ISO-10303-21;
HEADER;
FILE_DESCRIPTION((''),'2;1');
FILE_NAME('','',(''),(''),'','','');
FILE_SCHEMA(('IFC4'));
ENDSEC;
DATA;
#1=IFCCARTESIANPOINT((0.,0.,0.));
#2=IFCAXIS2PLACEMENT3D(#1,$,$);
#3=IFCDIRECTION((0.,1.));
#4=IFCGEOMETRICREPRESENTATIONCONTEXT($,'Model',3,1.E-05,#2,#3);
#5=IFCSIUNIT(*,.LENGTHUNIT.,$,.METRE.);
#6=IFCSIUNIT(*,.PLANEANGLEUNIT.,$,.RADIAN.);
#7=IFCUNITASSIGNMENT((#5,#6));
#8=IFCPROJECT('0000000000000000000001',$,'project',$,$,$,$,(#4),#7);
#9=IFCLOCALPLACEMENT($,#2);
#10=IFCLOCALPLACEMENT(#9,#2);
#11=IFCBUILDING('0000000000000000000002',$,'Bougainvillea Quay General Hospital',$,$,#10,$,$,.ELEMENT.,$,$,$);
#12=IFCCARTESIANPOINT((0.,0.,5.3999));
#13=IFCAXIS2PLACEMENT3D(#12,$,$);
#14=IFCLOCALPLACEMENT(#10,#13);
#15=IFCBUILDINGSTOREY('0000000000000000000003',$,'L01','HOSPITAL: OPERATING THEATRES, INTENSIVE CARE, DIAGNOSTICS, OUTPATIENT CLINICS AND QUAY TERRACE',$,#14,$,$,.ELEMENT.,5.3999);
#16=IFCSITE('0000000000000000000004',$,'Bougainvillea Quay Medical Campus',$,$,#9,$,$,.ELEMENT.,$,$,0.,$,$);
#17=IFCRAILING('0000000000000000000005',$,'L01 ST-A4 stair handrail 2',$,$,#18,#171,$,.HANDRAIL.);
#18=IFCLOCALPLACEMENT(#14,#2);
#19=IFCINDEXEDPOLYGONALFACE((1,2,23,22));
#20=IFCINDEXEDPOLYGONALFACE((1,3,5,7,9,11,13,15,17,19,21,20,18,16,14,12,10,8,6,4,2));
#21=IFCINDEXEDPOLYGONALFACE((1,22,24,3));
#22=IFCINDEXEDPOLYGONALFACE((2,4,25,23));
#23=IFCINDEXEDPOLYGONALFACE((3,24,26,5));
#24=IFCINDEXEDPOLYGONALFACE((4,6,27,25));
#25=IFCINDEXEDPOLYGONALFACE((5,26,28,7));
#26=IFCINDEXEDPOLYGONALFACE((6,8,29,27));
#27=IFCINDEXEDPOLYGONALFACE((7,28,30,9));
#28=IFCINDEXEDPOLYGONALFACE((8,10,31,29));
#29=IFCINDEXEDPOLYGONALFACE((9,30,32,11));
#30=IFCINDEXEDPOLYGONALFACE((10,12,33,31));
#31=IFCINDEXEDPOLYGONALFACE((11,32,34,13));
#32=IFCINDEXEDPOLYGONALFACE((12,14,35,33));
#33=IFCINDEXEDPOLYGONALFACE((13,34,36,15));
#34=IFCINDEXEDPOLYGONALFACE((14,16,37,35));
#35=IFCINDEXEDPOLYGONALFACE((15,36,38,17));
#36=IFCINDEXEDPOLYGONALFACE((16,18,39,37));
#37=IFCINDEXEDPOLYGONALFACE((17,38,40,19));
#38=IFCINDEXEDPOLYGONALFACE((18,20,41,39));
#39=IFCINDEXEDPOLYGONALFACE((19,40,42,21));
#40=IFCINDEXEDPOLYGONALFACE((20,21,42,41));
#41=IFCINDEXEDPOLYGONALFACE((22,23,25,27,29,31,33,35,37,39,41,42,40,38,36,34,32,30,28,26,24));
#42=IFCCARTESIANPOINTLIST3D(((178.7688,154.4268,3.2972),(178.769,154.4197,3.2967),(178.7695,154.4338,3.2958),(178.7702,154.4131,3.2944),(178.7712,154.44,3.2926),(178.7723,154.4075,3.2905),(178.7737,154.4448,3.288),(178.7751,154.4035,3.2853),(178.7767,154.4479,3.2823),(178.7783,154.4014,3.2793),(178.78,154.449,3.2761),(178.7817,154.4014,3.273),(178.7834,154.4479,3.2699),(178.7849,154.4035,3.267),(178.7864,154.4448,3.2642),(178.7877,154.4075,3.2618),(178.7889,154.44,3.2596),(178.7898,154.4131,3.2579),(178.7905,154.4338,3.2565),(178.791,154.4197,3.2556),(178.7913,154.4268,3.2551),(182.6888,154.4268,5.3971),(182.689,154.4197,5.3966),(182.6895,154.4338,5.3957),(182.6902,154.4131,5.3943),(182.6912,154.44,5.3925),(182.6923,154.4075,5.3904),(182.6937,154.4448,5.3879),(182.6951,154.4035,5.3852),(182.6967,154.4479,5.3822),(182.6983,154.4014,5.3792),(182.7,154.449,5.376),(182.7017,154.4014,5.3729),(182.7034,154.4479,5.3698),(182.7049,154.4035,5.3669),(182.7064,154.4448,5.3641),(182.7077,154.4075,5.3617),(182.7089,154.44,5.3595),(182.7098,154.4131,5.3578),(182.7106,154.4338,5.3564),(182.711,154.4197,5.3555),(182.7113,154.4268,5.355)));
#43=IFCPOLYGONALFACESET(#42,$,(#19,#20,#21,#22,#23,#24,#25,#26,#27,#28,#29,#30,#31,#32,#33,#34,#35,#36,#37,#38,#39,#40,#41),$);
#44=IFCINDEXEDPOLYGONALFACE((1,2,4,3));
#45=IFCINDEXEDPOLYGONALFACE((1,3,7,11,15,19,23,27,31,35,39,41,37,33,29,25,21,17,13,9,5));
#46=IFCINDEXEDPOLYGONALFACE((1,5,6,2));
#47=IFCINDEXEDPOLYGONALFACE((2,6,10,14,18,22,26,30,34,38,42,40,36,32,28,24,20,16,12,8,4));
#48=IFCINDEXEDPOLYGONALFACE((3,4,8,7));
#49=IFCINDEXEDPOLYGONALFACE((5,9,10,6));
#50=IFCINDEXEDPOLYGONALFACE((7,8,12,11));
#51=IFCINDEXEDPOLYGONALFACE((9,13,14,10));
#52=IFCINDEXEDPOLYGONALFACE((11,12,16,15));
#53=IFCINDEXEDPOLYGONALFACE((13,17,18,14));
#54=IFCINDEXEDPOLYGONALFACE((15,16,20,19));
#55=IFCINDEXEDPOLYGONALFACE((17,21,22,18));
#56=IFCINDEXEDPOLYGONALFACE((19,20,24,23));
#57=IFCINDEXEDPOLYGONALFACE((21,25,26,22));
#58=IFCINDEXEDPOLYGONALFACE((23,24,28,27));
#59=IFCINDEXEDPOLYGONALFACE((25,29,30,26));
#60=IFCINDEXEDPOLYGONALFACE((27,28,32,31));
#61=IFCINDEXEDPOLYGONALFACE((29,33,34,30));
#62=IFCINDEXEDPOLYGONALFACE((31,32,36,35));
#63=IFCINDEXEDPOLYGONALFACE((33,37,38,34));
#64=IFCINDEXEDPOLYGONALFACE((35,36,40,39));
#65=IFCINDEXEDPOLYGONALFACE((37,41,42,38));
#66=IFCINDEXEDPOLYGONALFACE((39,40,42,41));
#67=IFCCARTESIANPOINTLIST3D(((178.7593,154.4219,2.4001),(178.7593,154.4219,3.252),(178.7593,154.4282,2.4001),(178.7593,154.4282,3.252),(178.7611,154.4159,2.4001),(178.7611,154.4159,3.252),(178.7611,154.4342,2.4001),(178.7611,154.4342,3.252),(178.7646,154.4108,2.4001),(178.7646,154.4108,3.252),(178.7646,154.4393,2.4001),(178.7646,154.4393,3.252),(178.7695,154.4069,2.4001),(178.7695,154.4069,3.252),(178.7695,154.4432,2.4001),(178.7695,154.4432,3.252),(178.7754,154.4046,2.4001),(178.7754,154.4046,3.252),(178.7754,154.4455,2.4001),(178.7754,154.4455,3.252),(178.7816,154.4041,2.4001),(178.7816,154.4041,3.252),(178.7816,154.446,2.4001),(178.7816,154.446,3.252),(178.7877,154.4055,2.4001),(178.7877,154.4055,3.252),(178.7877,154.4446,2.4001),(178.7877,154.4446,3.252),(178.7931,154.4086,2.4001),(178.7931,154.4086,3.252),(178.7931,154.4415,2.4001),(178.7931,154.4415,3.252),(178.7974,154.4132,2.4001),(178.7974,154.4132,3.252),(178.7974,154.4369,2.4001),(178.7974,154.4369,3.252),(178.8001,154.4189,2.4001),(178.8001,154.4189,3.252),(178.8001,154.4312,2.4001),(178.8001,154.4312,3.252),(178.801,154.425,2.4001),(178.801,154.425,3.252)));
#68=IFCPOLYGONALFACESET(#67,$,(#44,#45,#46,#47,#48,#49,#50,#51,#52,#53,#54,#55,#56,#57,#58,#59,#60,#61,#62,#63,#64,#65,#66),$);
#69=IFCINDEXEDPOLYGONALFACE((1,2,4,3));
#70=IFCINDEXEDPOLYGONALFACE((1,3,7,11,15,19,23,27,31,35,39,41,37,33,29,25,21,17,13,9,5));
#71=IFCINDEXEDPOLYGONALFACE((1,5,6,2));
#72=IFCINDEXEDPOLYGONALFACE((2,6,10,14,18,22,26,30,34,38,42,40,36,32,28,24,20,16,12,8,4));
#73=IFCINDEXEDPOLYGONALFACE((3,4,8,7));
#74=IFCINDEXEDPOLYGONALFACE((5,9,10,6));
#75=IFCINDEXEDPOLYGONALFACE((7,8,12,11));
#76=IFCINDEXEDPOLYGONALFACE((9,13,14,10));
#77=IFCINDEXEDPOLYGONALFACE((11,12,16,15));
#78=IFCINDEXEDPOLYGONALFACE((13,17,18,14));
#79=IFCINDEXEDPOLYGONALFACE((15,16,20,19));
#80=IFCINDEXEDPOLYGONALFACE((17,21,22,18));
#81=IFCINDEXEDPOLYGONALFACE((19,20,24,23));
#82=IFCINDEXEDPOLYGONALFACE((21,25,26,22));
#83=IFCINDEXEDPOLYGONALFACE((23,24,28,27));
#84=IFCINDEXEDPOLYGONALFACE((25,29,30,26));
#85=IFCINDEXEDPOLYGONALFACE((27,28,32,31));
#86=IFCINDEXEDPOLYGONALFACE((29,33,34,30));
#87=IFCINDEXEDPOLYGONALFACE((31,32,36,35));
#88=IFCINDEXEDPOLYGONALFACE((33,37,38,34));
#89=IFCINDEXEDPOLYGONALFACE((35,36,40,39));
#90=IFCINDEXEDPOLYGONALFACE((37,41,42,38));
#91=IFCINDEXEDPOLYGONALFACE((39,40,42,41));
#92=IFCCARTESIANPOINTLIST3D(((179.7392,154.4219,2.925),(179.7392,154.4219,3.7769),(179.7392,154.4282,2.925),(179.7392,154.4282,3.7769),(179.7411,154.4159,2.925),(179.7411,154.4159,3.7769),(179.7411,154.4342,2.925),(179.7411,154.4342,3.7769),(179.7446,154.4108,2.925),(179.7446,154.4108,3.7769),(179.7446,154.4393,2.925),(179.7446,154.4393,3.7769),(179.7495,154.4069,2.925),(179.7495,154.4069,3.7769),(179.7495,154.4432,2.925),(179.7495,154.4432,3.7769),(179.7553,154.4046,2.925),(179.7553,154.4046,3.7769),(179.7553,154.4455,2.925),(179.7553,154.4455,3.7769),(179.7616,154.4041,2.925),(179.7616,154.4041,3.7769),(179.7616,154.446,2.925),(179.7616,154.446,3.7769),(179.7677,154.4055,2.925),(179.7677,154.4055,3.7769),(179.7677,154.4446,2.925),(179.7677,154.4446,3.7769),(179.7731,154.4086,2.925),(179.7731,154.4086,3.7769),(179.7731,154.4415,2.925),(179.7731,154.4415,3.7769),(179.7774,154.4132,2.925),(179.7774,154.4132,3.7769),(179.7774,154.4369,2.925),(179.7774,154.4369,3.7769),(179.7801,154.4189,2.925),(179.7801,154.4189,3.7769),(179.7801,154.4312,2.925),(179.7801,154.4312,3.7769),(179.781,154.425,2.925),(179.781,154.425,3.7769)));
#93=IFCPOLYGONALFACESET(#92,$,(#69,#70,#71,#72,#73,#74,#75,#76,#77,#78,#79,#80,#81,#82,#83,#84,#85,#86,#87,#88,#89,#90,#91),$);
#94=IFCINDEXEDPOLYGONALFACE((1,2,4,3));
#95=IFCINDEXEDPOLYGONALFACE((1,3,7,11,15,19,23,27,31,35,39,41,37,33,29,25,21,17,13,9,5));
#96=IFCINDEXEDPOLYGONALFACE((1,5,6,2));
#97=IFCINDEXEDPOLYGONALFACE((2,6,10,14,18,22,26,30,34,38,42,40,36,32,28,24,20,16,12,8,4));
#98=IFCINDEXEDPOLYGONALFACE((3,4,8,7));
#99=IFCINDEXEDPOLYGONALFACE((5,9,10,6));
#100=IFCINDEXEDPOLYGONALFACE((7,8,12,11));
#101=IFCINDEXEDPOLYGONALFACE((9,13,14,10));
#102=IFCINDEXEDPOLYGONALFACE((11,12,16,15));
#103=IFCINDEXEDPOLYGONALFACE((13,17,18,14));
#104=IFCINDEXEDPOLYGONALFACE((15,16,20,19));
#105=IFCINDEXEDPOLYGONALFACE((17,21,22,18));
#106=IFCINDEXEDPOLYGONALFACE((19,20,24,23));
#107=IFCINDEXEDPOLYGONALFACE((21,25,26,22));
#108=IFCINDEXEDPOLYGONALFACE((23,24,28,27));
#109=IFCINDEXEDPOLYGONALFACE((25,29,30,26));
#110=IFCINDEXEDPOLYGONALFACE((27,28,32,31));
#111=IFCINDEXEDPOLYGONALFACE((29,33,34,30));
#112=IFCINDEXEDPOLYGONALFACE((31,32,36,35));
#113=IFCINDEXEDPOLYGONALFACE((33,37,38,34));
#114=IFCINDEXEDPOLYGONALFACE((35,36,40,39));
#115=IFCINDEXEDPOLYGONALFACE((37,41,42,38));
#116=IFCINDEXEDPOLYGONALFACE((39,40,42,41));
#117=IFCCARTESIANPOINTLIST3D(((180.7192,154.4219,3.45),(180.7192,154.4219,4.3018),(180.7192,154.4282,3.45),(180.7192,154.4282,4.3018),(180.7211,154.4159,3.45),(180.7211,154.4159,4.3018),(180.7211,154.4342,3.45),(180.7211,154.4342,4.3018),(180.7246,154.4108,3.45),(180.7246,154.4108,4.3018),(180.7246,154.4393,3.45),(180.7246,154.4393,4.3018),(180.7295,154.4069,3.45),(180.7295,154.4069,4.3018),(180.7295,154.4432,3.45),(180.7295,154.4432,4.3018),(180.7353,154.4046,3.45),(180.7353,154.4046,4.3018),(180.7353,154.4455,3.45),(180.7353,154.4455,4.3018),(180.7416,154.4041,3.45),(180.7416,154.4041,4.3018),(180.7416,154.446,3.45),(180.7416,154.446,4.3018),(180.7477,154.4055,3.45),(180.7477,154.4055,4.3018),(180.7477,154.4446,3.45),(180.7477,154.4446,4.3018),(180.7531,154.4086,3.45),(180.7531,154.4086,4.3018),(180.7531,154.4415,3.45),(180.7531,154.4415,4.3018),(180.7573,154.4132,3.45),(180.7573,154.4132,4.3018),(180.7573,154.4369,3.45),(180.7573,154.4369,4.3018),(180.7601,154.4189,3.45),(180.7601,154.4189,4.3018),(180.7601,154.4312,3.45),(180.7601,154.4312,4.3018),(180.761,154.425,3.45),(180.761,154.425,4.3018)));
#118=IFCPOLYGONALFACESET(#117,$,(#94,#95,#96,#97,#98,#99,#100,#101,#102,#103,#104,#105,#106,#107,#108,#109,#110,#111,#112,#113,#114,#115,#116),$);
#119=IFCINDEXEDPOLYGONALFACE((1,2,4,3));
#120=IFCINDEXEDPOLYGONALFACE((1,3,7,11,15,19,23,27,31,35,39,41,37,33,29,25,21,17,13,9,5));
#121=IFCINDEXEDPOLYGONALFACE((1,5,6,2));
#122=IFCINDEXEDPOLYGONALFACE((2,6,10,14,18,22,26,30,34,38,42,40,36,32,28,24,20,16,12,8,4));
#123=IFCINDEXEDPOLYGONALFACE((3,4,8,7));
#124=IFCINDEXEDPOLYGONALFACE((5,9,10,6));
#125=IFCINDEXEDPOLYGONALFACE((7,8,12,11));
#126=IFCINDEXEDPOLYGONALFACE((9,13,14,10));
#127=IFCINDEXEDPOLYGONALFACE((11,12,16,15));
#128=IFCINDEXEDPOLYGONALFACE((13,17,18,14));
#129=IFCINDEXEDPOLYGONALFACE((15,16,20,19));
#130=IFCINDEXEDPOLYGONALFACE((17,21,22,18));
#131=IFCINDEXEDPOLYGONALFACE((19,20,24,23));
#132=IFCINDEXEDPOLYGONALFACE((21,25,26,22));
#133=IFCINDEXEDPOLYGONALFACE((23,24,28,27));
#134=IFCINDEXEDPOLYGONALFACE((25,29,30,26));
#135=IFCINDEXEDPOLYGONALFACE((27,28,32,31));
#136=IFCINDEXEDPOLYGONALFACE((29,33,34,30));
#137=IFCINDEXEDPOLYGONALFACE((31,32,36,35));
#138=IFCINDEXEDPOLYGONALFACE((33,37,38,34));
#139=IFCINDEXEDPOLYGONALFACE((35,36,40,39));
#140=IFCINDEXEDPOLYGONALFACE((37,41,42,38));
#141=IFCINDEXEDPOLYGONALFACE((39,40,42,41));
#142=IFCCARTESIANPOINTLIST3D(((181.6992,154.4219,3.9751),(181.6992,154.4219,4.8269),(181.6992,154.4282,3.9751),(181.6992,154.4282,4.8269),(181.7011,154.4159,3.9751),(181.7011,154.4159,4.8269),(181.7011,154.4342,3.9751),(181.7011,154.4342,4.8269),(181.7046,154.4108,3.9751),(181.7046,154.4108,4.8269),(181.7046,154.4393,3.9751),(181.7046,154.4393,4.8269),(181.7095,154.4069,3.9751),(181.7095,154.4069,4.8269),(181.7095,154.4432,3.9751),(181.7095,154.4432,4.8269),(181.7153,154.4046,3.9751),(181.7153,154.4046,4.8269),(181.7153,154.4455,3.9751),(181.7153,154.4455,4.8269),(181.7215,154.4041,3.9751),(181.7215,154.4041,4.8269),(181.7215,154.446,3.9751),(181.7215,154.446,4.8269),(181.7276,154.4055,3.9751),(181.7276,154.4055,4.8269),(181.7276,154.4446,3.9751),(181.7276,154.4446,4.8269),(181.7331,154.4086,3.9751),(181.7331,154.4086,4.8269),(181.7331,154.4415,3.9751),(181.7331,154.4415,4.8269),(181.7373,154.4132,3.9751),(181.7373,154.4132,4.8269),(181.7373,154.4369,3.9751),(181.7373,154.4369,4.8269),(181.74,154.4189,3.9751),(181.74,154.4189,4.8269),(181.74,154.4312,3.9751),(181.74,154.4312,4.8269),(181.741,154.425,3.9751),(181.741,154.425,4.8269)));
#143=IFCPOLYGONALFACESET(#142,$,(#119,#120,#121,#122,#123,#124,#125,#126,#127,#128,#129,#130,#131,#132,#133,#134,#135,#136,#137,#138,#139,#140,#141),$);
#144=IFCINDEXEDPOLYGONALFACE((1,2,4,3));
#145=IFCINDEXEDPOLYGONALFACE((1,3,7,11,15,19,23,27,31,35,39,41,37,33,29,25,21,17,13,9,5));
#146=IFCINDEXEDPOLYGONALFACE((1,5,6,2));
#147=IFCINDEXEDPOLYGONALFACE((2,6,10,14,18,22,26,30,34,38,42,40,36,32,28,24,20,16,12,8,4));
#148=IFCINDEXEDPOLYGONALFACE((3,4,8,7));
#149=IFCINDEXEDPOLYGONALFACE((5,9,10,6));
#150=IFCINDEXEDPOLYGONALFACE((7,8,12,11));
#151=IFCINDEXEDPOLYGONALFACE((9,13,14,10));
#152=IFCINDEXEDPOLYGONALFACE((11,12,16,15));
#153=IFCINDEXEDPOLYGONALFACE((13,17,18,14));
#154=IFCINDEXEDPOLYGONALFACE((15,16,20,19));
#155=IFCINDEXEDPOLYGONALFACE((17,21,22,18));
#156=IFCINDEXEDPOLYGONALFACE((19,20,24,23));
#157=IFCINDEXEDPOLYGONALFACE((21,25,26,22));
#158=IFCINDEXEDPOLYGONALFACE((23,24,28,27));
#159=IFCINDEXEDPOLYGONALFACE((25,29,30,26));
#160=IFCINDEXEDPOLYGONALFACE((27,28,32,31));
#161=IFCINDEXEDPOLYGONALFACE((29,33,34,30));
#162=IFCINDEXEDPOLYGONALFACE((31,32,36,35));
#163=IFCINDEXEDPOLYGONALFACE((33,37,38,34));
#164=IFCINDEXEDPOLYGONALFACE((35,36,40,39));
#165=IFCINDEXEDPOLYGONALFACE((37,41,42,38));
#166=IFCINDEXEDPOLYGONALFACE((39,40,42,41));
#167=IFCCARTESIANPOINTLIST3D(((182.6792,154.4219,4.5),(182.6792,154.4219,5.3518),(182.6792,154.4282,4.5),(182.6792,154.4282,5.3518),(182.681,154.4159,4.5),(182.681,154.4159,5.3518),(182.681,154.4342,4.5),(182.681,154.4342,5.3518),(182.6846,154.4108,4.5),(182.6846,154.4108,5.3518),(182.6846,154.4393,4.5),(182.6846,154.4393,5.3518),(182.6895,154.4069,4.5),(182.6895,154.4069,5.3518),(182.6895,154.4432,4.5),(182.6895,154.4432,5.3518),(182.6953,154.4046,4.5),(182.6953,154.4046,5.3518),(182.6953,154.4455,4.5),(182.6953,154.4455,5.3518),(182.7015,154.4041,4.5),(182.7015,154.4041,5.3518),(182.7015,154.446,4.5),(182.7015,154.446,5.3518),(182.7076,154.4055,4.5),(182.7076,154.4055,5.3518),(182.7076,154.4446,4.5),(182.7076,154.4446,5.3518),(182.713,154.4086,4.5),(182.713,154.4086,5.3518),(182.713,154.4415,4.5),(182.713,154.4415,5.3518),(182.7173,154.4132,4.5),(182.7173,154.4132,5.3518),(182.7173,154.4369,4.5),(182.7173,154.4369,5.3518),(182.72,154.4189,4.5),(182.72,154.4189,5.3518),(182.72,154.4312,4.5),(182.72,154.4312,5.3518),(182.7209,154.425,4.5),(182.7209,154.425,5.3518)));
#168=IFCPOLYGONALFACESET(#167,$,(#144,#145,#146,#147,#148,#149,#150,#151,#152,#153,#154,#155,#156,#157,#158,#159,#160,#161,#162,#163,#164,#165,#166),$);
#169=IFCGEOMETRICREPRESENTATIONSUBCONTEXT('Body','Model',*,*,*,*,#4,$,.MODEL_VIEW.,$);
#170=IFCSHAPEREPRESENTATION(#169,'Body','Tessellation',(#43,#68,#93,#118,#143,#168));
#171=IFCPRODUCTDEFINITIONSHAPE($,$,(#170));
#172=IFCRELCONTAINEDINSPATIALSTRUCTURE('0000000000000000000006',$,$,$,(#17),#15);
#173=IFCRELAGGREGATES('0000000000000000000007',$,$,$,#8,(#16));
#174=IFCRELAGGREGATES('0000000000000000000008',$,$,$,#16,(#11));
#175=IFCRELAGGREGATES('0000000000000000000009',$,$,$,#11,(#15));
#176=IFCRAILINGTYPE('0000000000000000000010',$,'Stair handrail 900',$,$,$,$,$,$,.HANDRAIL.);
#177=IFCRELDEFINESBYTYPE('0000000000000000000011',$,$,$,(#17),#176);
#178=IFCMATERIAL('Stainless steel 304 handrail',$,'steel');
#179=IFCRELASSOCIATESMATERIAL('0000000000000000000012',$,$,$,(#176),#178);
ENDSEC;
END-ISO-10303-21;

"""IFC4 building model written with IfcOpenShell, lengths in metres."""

from ifc_helpers import new_model, si_unit, direction, frame, origin, origin_2d, place, context, subcontext, project, spatial, circle, extrude, material, type_object, element, save


model = new_model("IFC4")

# Units and contexts
model_context = context("Model", 3, precision=1e-05, world=origin(), true_north=direction((0.0, 1.0)))
body_context = subcontext(model_context, "Body", "Model", "MODEL_VIEW")
ifc_project = project(units=[si_unit("LENGTHUNIT", "METRE"), si_unit("PLANEANGLEUNIT", "RADIAN")], contexts=[model_context])

# Site, building, storey
site_placement = place(None, origin())
site = spatial("IfcSite", under=ifc_project, at=site_placement, Name="Bougainvillea Quay Medical Campus", CompositionType="ELEMENT", RefElevation=0.0)
building_placement = place(site_placement, origin())
building = spatial("IfcBuilding", under=site, at=building_placement, Name="Bougainvillea Quay General Hospital", CompositionType="ELEMENT")
storey_placement = place(building_placement, frame((0.0, 0.0, 5.3999)))
storey = spatial("IfcBuildingStorey", under=building, at=storey_placement, Name="L01", Description="HOSPITAL: OPERATING THEATRES, INTENSIVE CARE, DIAGNOSTICS, OUTPATIENT CLINICS AND QUAY TERRACE", CompositionType="ELEMENT", Elevation=5.3999)

# Railing
ifc_material_1 = material(Name="Stainless steel 304 handrail", Category="steel")
railing_type_1 = type_object("IfcRailingType", Name="Stair handrail 900", PredefinedType="HANDRAIL", material=ifc_material_1)
railing_1_placement = place(storey_placement, frame((178.78, 154.425, 2.4001)))
element("IfcRailing", 1, at=railing_1_placement, inside=storey, type_object=railing_type_1, Name="L01 ST-A4 stair handrail 2", PredefinedType="HANDRAIL", context=body_context, shape_type="SweptSolid", body=[
    extrude(circle(Radius=0.0239, at=origin_2d()), frame((0.0, 0.0, 0.876), z_axis=(0.88149, 0.0, 0.472203), x_axis=(0.0, 1.0, 0.0)), (0.0, 0.0, 1.0), 4.447),
    extrude(circle(Radius=0.021, at=origin_2d()), origin(), (0.0, 0.0, 1.0), 0.8518),
    extrude(circle(Radius=0.021, at=origin_2d()), frame((0.98, 0.0, 0.5249)), (0.0, 0.0, 1.0), 0.8518),
    extrude(circle(Radius=0.021, at=origin_2d()), frame((1.96, 0.0, 1.0498)), (0.0, 0.0, 1.0), 0.8518),
    extrude(circle(Radius=0.021, at=origin_2d()), frame((2.9399, 0.0, 1.575)), (0.0, 0.0, 1.0), 0.8518),
    extrude(circle(Radius=0.021, at=origin_2d()), frame((3.9199, 0.0, 2.0999)), (0.0, 0.0, 1.0), 0.8518),
])

save(model, "model.ifc")
